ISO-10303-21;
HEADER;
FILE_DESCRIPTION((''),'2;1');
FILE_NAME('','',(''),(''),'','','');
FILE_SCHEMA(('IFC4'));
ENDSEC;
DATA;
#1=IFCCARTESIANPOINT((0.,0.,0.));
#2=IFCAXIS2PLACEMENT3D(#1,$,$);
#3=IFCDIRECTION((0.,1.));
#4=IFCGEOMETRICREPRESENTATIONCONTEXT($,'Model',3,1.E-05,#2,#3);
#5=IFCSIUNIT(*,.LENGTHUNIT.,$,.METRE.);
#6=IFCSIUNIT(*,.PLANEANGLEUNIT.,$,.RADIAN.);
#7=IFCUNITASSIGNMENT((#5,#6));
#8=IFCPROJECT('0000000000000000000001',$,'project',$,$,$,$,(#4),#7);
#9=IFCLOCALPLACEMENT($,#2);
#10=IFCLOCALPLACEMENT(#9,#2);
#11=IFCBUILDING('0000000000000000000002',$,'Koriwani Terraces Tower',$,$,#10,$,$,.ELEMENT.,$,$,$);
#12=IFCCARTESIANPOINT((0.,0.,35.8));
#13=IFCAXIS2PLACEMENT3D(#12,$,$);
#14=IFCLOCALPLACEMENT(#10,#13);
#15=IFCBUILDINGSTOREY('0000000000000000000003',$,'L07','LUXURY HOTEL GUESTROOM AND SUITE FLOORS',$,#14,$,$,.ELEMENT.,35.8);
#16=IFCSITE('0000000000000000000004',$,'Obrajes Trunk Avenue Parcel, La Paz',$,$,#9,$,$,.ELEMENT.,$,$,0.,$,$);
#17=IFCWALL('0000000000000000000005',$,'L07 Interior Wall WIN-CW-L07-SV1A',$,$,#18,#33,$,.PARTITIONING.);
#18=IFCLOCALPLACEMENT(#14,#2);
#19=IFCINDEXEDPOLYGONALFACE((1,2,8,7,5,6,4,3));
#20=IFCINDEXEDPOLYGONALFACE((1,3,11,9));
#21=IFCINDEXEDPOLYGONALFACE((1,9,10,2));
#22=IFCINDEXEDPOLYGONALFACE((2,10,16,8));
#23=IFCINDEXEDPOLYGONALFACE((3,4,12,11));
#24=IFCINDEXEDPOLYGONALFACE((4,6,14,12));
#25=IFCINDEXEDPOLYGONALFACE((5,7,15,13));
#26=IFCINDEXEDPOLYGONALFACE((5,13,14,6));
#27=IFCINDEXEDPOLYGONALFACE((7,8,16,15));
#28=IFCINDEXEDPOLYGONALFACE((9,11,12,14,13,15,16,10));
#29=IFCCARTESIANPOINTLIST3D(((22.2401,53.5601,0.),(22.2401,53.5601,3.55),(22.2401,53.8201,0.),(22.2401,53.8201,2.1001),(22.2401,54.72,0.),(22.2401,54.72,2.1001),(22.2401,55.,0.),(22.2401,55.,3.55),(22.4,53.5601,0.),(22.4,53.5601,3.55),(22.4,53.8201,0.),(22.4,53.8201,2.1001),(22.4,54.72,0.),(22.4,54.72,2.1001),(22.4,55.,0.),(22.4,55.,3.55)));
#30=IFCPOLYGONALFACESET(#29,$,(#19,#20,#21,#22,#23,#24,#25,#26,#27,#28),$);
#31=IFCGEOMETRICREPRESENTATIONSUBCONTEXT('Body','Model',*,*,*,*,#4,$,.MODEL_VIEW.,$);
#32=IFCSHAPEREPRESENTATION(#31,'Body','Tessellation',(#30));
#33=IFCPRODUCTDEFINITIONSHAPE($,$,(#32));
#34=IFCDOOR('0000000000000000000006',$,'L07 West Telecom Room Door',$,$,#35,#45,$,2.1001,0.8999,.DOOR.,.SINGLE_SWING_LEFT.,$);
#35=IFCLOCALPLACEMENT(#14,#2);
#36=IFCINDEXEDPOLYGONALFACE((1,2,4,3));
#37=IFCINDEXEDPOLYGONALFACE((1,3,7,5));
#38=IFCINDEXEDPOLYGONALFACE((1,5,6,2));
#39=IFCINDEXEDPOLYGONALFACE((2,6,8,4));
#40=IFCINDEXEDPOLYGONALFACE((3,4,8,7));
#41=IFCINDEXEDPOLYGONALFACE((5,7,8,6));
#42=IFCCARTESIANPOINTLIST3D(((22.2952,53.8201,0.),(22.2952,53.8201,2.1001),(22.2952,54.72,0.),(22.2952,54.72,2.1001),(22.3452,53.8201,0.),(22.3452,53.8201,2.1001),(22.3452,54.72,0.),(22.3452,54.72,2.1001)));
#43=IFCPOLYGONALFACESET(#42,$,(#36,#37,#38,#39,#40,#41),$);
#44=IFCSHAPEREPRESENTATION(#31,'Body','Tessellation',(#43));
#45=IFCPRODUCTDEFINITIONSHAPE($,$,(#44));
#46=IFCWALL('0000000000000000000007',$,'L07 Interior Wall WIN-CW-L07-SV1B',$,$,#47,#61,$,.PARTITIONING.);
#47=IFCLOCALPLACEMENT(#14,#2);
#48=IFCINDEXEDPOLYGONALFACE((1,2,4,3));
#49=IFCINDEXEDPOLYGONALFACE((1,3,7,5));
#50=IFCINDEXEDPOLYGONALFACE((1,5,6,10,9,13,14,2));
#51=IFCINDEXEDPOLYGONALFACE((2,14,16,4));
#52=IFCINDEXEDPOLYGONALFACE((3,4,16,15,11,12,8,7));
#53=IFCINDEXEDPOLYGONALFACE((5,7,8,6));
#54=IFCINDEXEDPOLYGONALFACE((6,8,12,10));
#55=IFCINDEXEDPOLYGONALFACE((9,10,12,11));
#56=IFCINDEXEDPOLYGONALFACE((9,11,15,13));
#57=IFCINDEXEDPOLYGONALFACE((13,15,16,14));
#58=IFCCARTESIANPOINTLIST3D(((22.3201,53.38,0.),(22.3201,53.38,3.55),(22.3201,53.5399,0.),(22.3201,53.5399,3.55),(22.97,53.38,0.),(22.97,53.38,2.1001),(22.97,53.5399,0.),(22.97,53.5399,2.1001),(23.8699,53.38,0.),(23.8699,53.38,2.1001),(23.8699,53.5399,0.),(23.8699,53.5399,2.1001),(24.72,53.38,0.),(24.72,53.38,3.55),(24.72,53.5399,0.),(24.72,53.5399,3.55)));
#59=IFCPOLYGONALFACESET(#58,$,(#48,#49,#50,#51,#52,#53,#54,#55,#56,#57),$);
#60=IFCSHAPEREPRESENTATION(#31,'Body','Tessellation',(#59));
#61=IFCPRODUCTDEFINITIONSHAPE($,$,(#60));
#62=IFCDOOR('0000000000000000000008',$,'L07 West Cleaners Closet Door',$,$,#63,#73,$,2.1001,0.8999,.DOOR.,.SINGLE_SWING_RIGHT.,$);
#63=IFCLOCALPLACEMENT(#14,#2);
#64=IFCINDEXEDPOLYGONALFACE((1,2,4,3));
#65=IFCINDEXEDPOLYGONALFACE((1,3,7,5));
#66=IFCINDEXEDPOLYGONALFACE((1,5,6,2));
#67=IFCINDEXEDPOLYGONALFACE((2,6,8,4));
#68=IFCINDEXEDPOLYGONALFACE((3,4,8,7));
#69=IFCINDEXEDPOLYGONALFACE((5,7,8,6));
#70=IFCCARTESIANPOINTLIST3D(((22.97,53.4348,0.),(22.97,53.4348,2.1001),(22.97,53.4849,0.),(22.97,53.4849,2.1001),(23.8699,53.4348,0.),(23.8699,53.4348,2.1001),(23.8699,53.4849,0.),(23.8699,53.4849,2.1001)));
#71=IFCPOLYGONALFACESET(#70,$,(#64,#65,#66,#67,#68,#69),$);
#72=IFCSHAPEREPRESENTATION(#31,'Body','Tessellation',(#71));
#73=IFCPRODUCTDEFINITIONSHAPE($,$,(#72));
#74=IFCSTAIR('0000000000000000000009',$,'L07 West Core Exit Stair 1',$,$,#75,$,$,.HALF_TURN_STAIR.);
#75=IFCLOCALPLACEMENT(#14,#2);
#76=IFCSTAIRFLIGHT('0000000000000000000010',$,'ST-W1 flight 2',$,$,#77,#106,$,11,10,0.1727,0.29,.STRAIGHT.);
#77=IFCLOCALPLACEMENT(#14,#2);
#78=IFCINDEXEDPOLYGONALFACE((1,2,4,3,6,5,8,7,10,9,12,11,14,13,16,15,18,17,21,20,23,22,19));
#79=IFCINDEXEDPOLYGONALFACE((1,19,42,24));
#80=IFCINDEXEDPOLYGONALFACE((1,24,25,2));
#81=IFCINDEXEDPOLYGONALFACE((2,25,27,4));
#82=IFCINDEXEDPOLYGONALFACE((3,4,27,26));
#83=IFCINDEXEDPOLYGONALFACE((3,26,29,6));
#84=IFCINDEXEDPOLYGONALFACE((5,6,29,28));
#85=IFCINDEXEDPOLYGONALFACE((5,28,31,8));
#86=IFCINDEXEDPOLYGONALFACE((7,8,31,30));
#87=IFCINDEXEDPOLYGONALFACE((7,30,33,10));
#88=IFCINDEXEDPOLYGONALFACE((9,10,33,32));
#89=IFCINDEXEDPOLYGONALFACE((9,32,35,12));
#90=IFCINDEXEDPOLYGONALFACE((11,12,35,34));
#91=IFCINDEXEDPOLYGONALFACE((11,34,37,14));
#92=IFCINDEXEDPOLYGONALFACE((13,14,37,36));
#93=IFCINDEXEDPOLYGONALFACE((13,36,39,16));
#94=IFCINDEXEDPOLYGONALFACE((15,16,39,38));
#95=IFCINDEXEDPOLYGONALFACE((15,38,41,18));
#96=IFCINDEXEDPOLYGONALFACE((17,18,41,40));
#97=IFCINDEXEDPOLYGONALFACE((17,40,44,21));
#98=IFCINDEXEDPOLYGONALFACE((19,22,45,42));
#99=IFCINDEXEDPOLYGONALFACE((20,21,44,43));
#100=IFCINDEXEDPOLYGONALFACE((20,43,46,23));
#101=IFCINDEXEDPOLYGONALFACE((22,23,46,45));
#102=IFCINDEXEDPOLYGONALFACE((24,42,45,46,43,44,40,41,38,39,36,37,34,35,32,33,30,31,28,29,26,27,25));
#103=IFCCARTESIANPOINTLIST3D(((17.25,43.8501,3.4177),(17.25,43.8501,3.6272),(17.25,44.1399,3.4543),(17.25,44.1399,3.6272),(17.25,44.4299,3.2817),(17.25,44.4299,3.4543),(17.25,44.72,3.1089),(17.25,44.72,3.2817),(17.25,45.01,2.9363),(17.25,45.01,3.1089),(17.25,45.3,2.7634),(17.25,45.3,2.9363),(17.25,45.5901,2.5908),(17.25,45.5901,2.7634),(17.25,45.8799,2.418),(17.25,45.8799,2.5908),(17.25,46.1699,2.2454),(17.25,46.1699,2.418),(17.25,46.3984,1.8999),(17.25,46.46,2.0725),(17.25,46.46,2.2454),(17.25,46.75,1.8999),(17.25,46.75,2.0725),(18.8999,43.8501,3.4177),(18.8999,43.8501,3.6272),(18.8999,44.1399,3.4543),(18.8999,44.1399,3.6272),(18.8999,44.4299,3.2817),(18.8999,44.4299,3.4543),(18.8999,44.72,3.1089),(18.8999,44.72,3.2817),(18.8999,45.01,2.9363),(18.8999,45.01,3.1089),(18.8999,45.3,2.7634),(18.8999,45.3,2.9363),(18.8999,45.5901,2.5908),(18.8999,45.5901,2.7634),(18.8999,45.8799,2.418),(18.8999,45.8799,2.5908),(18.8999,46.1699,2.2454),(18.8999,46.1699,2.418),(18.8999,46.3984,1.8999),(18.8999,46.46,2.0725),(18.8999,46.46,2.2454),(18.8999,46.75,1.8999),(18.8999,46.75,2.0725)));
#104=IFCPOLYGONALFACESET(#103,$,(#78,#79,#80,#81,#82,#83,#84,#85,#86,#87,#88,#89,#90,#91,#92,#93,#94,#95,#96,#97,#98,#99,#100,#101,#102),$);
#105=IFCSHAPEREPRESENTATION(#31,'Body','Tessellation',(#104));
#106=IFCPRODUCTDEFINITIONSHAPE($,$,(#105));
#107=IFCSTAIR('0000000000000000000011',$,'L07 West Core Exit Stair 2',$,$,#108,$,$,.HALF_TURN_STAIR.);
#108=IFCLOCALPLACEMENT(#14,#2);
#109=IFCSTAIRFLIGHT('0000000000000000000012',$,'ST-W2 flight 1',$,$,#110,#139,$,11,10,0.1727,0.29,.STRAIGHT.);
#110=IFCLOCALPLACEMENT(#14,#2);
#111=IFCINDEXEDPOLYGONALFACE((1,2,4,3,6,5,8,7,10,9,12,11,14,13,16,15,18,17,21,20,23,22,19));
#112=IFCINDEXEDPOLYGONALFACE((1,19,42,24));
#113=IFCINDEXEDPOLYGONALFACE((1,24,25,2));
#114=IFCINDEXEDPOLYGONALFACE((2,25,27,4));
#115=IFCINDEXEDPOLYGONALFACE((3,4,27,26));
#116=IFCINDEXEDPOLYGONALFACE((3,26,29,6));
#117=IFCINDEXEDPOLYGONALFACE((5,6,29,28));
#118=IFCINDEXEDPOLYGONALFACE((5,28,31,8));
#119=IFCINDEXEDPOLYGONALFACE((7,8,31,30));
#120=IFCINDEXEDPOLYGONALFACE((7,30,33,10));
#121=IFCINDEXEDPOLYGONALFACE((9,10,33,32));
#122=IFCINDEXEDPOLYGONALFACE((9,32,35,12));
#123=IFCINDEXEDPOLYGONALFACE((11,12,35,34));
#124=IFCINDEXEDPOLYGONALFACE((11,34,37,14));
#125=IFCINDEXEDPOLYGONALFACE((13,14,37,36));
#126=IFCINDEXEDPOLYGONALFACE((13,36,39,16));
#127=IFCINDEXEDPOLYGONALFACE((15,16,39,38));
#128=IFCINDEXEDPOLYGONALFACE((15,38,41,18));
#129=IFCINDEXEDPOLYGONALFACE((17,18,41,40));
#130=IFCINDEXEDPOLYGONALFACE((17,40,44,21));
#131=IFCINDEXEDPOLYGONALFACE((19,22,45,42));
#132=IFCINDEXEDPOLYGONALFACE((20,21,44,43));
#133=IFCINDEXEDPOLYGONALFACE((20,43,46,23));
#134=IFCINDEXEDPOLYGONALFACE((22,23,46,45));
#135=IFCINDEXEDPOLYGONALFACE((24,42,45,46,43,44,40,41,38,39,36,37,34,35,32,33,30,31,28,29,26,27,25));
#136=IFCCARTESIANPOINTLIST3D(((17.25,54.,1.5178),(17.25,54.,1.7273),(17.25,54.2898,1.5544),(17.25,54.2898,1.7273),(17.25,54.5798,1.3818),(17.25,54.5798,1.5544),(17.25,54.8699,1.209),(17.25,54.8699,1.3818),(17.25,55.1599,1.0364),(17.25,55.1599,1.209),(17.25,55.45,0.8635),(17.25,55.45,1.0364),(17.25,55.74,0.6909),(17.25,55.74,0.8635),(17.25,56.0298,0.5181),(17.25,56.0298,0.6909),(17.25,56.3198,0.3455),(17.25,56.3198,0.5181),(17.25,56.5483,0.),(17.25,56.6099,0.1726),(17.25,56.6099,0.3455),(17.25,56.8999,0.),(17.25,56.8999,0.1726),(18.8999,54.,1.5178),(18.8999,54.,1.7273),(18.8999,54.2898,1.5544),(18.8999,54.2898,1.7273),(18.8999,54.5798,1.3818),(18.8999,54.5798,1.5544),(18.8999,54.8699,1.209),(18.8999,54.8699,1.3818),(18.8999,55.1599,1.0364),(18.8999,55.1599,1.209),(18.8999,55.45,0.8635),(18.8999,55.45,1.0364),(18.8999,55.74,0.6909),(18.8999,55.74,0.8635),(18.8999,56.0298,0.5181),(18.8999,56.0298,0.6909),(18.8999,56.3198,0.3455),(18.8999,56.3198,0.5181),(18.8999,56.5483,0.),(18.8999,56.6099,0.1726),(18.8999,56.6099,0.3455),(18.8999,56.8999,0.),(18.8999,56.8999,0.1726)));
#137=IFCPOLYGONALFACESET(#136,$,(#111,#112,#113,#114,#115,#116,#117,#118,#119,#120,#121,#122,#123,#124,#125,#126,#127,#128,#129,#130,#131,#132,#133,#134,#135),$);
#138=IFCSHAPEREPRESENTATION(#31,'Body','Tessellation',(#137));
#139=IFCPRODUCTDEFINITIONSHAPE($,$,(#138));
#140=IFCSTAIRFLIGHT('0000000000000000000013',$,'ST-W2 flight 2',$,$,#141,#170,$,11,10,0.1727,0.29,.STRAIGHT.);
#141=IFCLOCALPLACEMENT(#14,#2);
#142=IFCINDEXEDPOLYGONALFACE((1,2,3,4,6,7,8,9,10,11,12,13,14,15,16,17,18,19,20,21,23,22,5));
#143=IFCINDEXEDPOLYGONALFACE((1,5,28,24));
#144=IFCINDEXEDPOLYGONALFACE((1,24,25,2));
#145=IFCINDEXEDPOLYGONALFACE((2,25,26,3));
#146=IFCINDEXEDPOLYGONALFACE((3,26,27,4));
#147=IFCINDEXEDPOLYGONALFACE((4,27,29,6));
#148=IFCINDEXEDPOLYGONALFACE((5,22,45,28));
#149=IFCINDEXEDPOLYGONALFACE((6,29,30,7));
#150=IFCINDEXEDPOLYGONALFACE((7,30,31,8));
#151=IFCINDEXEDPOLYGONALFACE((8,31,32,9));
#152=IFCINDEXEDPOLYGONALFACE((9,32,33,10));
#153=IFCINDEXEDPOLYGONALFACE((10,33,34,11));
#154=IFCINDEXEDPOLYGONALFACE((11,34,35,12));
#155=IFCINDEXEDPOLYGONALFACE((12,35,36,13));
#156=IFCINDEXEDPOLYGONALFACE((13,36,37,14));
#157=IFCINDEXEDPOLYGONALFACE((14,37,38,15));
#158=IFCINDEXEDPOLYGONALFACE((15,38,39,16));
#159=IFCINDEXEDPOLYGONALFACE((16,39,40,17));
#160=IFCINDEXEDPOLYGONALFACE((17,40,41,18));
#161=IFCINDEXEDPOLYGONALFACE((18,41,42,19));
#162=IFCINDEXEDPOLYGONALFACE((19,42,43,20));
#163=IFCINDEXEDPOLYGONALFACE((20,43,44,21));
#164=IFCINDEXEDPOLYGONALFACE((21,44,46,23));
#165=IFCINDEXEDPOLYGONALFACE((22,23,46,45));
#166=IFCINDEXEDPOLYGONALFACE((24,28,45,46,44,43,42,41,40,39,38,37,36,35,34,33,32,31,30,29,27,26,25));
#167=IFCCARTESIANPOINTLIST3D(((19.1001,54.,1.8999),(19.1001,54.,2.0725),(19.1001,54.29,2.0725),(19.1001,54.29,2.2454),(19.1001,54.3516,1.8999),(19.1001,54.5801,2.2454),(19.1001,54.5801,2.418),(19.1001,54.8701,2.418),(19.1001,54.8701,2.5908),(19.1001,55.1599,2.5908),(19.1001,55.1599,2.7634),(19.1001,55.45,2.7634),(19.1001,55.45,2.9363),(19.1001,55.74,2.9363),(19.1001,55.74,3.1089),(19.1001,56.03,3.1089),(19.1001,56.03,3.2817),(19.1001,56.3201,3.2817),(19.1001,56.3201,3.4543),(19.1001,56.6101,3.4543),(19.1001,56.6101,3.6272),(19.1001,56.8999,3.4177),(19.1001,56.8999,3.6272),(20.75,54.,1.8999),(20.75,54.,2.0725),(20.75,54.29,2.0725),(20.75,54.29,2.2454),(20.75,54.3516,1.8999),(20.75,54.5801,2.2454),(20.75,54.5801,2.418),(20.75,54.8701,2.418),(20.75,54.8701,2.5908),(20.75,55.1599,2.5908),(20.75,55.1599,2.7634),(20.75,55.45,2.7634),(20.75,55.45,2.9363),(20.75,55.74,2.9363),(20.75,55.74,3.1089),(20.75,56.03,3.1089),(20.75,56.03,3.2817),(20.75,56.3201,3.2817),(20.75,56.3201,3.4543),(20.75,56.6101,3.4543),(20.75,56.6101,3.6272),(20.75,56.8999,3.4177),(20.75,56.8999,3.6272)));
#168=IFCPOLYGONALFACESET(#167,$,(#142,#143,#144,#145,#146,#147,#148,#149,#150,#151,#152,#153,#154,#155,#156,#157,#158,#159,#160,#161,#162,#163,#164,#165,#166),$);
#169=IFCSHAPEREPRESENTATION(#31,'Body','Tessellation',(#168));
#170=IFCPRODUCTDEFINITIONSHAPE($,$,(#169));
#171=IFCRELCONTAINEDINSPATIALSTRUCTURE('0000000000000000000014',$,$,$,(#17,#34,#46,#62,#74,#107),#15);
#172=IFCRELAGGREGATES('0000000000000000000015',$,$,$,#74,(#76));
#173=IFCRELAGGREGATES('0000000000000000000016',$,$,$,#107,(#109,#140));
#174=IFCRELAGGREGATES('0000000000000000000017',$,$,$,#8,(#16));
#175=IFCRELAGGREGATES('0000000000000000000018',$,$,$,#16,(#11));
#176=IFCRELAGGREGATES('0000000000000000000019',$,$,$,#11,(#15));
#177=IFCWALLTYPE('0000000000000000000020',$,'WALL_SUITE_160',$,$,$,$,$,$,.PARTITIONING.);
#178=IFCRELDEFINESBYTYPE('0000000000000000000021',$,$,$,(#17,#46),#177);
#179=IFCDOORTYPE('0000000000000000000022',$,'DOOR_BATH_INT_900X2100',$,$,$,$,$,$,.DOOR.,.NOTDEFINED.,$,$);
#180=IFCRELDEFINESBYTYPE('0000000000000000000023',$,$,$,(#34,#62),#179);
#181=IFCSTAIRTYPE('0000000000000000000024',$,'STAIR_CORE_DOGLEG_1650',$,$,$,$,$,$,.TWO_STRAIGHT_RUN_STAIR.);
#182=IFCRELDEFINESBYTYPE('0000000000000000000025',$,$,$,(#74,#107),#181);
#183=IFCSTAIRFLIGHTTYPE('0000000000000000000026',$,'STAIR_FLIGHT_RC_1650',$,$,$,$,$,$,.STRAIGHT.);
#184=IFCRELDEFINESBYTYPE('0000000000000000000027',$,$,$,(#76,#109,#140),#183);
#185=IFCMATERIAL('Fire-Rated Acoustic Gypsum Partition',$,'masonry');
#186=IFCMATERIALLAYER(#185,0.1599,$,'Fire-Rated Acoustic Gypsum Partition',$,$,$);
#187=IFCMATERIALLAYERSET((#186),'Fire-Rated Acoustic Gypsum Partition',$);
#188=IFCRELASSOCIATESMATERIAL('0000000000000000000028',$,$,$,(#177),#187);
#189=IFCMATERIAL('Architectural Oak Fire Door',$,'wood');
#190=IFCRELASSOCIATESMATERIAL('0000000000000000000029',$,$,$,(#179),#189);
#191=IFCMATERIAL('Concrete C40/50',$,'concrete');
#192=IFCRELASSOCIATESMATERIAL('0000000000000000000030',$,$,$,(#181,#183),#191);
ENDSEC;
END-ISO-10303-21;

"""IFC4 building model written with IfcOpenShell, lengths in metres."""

from ifc_helpers import new_model, si_unit, direction, frame, frame_2d, origin, place, context, subcontext, project, spatial, polyline, rectangle, outline, extrude, material, layer, layer_set, type_object, element, fill, aggregate, save


model = new_model("IFC4")

# Units and contexts
model_context = context("Model", 3, precision=1e-05, world=origin(), true_north=direction((0.0, 1.0)))
body_context = subcontext(model_context, "Body", "Model", "MODEL_VIEW")
ifc_project = project(units=[si_unit("LENGTHUNIT", "METRE"), si_unit("PLANEANGLEUNIT", "RADIAN")], contexts=[model_context])

# Site, building, storey
site_placement = place(None, origin())
site = spatial("IfcSite", under=ifc_project, at=site_placement, Name="Obrajes Trunk Avenue Parcel, La Paz", CompositionType="ELEMENT", RefElevation=0.0)
building_placement = place(site_placement, origin())
building = spatial("IfcBuilding", under=site, at=building_placement, Name="Koriwani Terraces Tower", CompositionType="ELEMENT")
storey_placement = place(building_placement, frame((0.0, 0.0, 35.8)))
storey = spatial("IfcBuildingStorey", under=building, at=storey_placement, Name="L07", Description="LUXURY HOTEL GUESTROOM AND SUITE FLOORS", CompositionType="ELEMENT", Elevation=35.8)

# Shared definitions
ifc_material_1 = material(Name="Concrete C40/50", Category="concrete")

# Walls, openings, doors
ifc_material_2 = material(Name="Fire-Rated Acoustic Gypsum Partition", Category="masonry")
ifc_layer_1 = layer(ifc_material_2, 0.1599, Name="Fire-Rated Acoustic Gypsum Partition")
ifc_layer_set_1 = layer_set([ifc_layer_1], Name="Fire-Rated Acoustic Gypsum Partition")
wall_type_1 = type_object("IfcWallType", Name="WALL_SUITE_160", PredefinedType="PARTITIONING", material=ifc_layer_set_1)
wall_1_placement = place(storey_placement, frame((22.3201, 53.5601, 0.0), z_axis=(0.0, 0.0, 1.0), x_axis=(0.0, 1.0, 0.0)))
wall_1 = element("IfcWall", 1, at=wall_1_placement, inside=storey, type_object=wall_type_1, Name="L07 Interior Wall WIN-CW-L07-SV1A", PredefinedType="PARTITIONING", context=body_context, shape_type="SweptSolid", body=[
    extrude(rectangle(XDim=1.4399, YDim=0.1599, at=frame_2d((0.72, 0.0))), origin(), (0.0, 0.0, 1.0), 3.55),
])
opening_1_placement = place(wall_1_placement, frame((0.26, 0.0, 0.0)))
opening_1 = element("IfcOpeningElement", 2, at=opening_1_placement, cuts=wall_1, PredefinedType="OPENING", context=body_context, shape_type="SweptSolid", body=[
    extrude(rectangle(XDim=0.8999, YDim=2.1001, at=frame_2d((0.45, 1.05))), frame((0.0, 0.0898, 0.0), z_axis=(0.0, -1.0, 0.0), x_axis=(1.0, 0.0, 0.0)), (0.0, 0.0, 1.0), 0.1799),
])
ifc_material_3 = material(Name="Architectural Oak Fire Door", Category="wood")
door_type_1 = type_object("IfcDoorType", Name="DOOR_BATH_INT_900X2100", OperationType="NOTDEFINED", PredefinedType="DOOR", material=ifc_material_3)
door_1_placement = place(opening_1_placement, origin())
door_1 = element("IfcDoor", 3, at=door_1_placement, inside=storey, type_object=door_type_1, Name="L07 West Telecom Room Door", OperationType="SINGLE_SWING_LEFT", OverallHeight=2.1001, OverallWidth=0.8999, PredefinedType="DOOR", context=body_context, shape_type="SweptSolid", body=[
    extrude(rectangle(XDim=0.8999, YDim=2.1001, at=frame_2d((0.45, 1.05))), frame((0.0, 0.0249, 0.0), z_axis=(0.0, -1.0, 0.0), x_axis=(1.0, 0.0, 0.0)), (0.0, 0.0, 1.0), 0.05),
])
fill(opening_1, door_1)
wall_2_placement = place(storey_placement, frame((22.3201, 53.46, 0.0), z_axis=(0.0, 0.0, 1.0), x_axis=(1.0, 0.0, 0.0)))
wall_2 = element("IfcWall", 4, at=wall_2_placement, inside=storey, type_object=wall_type_1, Name="L07 Interior Wall WIN-CW-L07-SV1B", PredefinedType="PARTITIONING", context=body_context, shape_type="SweptSolid", body=[
    extrude(rectangle(XDim=2.3999, YDim=0.1599, at=frame_2d((1.2, 0.0))), origin(), (0.0, 0.0, 1.0), 3.55),
])
opening_2_placement = place(wall_2_placement, frame((0.6499, 0.0, 0.0)))
opening_2 = element("IfcOpeningElement", 5, at=opening_2_placement, cuts=wall_2, PredefinedType="OPENING", context=body_context, shape_type="SweptSolid", body=[
    extrude(rectangle(XDim=0.8999, YDim=2.1001, at=frame_2d((0.45, 1.05))), frame((0.0, 0.0898, 0.0), z_axis=(0.0, -1.0, 0.0), x_axis=(1.0, 0.0, 0.0)), (0.0, 0.0, 1.0), 0.1799),
])
door_2_placement = place(opening_2_placement, origin())
door_2 = element("IfcDoor", 6, at=door_2_placement, inside=storey, type_object=door_type_1, Name="L07 West Cleaners Closet Door", OperationType="SINGLE_SWING_RIGHT", OverallHeight=2.1001, OverallWidth=0.8999, PredefinedType="DOOR", context=body_context, shape_type="SweptSolid", body=[
    extrude(rectangle(XDim=0.8999, YDim=2.1001, at=frame_2d((0.45, 1.05))), frame((0.0, 0.0249, 0.0), z_axis=(0.0, -1.0, 0.0), x_axis=(1.0, 0.0, 0.0)), (0.0, 0.0, 1.0), 0.05),
])
fill(opening_2, door_2)

# Stair, stair flight
stair_type = type_object("IfcStairType", Name="STAIR_CORE_DOGLEG_1650", PredefinedType="TWO_STRAIGHT_RUN_STAIR", material=ifc_material_1)
stair_1_placement = place(storey_placement, origin())
stair_1 = element("IfcStair", 7, at=stair_1_placement, inside=storey, type_object=stair_type, Name="L07 West Core Exit Stair 1", PredefinedType="HALF_TURN_STAIR")
stair_flight_type = type_object("IfcStairFlightType", Name="STAIR_FLIGHT_RC_1650", PredefinedType="STRAIGHT", material=ifc_material_1)
stair_flight_1_placement = place(storey_placement, frame((18.075, 46.75, 1.8999), z_axis=(0.0, 0.0, 1.0), x_axis=(0.0, -1.0, 0.0)))
stair_flight_1 = element("IfcStairFlight", 8, at=stair_flight_1_placement, type_object=stair_flight_type, Name="ST-W1 flight 2", NumberOfRisers=11, NumberOfTreads=10, PredefinedType="STRAIGHT", RiserHeight=0.1727, TreadLength=0.29, context=body_context, shape_type="SweptSolid", body=[
    extrude(outline(polyline([(0.0, 0.0), (0.0, 0.1726), (0.29, 0.1726), (0.29, 0.3455), (0.5801, 0.3455), (0.5801, 0.5181), (0.8701, 0.5181), (0.8701, 0.6909), (1.1599, 0.6909), (1.1599, 0.8635), (1.45, 0.8635), (1.45, 1.0364), (1.74, 1.0364), (1.74, 1.209), (2.03, 1.209), (2.03, 1.3818), (2.3201, 1.3818), (2.3201, 1.5544), (2.6101, 1.5544), (2.6101, 1.7273), (2.8999, 1.7273), (2.8999, 1.8999), (2.8999, 1.5178), (0.3516, 0.0), (0.0, 0.0)])), frame((0.0, 0.825, 0.0), z_axis=(0.0, -1.0, 0.0), x_axis=(1.0, 0.0, 0.0)), (0.0, 0.0, 1.0), 1.6499),
])
aggregate(stair_1, [stair_flight_1])

# Stair, stair flights
stair_2_placement = place(storey_placement, origin())
stair_2 = element("IfcStair", 9, at=stair_2_placement, inside=storey, type_object=stair_type, Name="L07 West Core Exit Stair 2", PredefinedType="HALF_TURN_STAIR")
stair_flight_2_placement = place(storey_placement, frame((18.075, 56.8999, 0.0), z_axis=(0.0, 0.0, 1.0), x_axis=(0.0, -1.0, 0.0)))
stair_flight_2 = element("IfcStairFlight", 10, at=stair_flight_2_placement, type_object=stair_flight_type, Name="ST-W2 flight 1", NumberOfRisers=11, NumberOfTreads=10, PredefinedType="STRAIGHT", RiserHeight=0.1727, TreadLength=0.29, context=body_context, shape_type="SweptSolid", body=[
    extrude(outline(polyline([(0.0, 0.0), (0.0, 0.1726), (0.29, 0.1726), (0.29, 0.3455), (0.5801, 0.3455), (0.5801, 0.5181), (0.8701, 0.5181), (0.8701, 0.6909), (1.1599, 0.6909), (1.1599, 0.8635), (1.45, 0.8635), (1.45, 1.0364), (1.74, 1.0364), (1.74, 1.209), (2.03, 1.209), (2.03, 1.3818), (2.3201, 1.3818), (2.3201, 1.5544), (2.6101, 1.5544), (2.6101, 1.7273), (2.8999, 1.7273), (2.8999, 1.8999), (2.8999, 1.5178), (0.3516, 0.0), (0.0, 0.0)])), frame((0.0, 0.825, 0.0), z_axis=(0.0, -1.0, 0.0), x_axis=(1.0, 0.0, 0.0)), (0.0, 0.0, 1.0), 1.6499),
])
stair_flight_3_placement = place(storey_placement, frame((19.925, 54.0, 1.8999), z_axis=(0.0, 0.0, 1.0), x_axis=(0.0, 1.0, 0.0)))
stair_flight_3 = element("IfcStairFlight", 11, at=stair_flight_3_placement, type_object=stair_flight_type, Name="ST-W2 flight 2", NumberOfRisers=11, NumberOfTreads=10, PredefinedType="STRAIGHT", RiserHeight=0.1727, TreadLength=0.29, context=body_context, shape_type="SweptSolid", body=[
    extrude(outline(polyline([(0.0, 0.0), (0.0, 0.1726), (0.29, 0.1726), (0.29, 0.3455), (0.5801, 0.3455), (0.5801, 0.5181), (0.8701, 0.5181), (0.8701, 0.6909), (1.1599, 0.6909), (1.1599, 0.8635), (1.45, 0.8635), (1.45, 1.0364), (1.74, 1.0364), (1.74, 1.209), (2.03, 1.209), (2.03, 1.3818), (2.3201, 1.3818), (2.3201, 1.5544), (2.6101, 1.5544), (2.6101, 1.7273), (2.8999, 1.7273), (2.8999, 1.8999), (2.8999, 1.5178), (0.3516, 0.0), (0.0, 0.0)])), frame((0.0, 0.825, 0.0), z_axis=(0.0, -1.0, 0.0), x_axis=(1.0, 0.0, 0.0)), (0.0, 0.0, 1.0), 1.6499),
])
aggregate(stair_2, [stair_flight_2, stair_flight_3])

save(model, "model.ifc")
